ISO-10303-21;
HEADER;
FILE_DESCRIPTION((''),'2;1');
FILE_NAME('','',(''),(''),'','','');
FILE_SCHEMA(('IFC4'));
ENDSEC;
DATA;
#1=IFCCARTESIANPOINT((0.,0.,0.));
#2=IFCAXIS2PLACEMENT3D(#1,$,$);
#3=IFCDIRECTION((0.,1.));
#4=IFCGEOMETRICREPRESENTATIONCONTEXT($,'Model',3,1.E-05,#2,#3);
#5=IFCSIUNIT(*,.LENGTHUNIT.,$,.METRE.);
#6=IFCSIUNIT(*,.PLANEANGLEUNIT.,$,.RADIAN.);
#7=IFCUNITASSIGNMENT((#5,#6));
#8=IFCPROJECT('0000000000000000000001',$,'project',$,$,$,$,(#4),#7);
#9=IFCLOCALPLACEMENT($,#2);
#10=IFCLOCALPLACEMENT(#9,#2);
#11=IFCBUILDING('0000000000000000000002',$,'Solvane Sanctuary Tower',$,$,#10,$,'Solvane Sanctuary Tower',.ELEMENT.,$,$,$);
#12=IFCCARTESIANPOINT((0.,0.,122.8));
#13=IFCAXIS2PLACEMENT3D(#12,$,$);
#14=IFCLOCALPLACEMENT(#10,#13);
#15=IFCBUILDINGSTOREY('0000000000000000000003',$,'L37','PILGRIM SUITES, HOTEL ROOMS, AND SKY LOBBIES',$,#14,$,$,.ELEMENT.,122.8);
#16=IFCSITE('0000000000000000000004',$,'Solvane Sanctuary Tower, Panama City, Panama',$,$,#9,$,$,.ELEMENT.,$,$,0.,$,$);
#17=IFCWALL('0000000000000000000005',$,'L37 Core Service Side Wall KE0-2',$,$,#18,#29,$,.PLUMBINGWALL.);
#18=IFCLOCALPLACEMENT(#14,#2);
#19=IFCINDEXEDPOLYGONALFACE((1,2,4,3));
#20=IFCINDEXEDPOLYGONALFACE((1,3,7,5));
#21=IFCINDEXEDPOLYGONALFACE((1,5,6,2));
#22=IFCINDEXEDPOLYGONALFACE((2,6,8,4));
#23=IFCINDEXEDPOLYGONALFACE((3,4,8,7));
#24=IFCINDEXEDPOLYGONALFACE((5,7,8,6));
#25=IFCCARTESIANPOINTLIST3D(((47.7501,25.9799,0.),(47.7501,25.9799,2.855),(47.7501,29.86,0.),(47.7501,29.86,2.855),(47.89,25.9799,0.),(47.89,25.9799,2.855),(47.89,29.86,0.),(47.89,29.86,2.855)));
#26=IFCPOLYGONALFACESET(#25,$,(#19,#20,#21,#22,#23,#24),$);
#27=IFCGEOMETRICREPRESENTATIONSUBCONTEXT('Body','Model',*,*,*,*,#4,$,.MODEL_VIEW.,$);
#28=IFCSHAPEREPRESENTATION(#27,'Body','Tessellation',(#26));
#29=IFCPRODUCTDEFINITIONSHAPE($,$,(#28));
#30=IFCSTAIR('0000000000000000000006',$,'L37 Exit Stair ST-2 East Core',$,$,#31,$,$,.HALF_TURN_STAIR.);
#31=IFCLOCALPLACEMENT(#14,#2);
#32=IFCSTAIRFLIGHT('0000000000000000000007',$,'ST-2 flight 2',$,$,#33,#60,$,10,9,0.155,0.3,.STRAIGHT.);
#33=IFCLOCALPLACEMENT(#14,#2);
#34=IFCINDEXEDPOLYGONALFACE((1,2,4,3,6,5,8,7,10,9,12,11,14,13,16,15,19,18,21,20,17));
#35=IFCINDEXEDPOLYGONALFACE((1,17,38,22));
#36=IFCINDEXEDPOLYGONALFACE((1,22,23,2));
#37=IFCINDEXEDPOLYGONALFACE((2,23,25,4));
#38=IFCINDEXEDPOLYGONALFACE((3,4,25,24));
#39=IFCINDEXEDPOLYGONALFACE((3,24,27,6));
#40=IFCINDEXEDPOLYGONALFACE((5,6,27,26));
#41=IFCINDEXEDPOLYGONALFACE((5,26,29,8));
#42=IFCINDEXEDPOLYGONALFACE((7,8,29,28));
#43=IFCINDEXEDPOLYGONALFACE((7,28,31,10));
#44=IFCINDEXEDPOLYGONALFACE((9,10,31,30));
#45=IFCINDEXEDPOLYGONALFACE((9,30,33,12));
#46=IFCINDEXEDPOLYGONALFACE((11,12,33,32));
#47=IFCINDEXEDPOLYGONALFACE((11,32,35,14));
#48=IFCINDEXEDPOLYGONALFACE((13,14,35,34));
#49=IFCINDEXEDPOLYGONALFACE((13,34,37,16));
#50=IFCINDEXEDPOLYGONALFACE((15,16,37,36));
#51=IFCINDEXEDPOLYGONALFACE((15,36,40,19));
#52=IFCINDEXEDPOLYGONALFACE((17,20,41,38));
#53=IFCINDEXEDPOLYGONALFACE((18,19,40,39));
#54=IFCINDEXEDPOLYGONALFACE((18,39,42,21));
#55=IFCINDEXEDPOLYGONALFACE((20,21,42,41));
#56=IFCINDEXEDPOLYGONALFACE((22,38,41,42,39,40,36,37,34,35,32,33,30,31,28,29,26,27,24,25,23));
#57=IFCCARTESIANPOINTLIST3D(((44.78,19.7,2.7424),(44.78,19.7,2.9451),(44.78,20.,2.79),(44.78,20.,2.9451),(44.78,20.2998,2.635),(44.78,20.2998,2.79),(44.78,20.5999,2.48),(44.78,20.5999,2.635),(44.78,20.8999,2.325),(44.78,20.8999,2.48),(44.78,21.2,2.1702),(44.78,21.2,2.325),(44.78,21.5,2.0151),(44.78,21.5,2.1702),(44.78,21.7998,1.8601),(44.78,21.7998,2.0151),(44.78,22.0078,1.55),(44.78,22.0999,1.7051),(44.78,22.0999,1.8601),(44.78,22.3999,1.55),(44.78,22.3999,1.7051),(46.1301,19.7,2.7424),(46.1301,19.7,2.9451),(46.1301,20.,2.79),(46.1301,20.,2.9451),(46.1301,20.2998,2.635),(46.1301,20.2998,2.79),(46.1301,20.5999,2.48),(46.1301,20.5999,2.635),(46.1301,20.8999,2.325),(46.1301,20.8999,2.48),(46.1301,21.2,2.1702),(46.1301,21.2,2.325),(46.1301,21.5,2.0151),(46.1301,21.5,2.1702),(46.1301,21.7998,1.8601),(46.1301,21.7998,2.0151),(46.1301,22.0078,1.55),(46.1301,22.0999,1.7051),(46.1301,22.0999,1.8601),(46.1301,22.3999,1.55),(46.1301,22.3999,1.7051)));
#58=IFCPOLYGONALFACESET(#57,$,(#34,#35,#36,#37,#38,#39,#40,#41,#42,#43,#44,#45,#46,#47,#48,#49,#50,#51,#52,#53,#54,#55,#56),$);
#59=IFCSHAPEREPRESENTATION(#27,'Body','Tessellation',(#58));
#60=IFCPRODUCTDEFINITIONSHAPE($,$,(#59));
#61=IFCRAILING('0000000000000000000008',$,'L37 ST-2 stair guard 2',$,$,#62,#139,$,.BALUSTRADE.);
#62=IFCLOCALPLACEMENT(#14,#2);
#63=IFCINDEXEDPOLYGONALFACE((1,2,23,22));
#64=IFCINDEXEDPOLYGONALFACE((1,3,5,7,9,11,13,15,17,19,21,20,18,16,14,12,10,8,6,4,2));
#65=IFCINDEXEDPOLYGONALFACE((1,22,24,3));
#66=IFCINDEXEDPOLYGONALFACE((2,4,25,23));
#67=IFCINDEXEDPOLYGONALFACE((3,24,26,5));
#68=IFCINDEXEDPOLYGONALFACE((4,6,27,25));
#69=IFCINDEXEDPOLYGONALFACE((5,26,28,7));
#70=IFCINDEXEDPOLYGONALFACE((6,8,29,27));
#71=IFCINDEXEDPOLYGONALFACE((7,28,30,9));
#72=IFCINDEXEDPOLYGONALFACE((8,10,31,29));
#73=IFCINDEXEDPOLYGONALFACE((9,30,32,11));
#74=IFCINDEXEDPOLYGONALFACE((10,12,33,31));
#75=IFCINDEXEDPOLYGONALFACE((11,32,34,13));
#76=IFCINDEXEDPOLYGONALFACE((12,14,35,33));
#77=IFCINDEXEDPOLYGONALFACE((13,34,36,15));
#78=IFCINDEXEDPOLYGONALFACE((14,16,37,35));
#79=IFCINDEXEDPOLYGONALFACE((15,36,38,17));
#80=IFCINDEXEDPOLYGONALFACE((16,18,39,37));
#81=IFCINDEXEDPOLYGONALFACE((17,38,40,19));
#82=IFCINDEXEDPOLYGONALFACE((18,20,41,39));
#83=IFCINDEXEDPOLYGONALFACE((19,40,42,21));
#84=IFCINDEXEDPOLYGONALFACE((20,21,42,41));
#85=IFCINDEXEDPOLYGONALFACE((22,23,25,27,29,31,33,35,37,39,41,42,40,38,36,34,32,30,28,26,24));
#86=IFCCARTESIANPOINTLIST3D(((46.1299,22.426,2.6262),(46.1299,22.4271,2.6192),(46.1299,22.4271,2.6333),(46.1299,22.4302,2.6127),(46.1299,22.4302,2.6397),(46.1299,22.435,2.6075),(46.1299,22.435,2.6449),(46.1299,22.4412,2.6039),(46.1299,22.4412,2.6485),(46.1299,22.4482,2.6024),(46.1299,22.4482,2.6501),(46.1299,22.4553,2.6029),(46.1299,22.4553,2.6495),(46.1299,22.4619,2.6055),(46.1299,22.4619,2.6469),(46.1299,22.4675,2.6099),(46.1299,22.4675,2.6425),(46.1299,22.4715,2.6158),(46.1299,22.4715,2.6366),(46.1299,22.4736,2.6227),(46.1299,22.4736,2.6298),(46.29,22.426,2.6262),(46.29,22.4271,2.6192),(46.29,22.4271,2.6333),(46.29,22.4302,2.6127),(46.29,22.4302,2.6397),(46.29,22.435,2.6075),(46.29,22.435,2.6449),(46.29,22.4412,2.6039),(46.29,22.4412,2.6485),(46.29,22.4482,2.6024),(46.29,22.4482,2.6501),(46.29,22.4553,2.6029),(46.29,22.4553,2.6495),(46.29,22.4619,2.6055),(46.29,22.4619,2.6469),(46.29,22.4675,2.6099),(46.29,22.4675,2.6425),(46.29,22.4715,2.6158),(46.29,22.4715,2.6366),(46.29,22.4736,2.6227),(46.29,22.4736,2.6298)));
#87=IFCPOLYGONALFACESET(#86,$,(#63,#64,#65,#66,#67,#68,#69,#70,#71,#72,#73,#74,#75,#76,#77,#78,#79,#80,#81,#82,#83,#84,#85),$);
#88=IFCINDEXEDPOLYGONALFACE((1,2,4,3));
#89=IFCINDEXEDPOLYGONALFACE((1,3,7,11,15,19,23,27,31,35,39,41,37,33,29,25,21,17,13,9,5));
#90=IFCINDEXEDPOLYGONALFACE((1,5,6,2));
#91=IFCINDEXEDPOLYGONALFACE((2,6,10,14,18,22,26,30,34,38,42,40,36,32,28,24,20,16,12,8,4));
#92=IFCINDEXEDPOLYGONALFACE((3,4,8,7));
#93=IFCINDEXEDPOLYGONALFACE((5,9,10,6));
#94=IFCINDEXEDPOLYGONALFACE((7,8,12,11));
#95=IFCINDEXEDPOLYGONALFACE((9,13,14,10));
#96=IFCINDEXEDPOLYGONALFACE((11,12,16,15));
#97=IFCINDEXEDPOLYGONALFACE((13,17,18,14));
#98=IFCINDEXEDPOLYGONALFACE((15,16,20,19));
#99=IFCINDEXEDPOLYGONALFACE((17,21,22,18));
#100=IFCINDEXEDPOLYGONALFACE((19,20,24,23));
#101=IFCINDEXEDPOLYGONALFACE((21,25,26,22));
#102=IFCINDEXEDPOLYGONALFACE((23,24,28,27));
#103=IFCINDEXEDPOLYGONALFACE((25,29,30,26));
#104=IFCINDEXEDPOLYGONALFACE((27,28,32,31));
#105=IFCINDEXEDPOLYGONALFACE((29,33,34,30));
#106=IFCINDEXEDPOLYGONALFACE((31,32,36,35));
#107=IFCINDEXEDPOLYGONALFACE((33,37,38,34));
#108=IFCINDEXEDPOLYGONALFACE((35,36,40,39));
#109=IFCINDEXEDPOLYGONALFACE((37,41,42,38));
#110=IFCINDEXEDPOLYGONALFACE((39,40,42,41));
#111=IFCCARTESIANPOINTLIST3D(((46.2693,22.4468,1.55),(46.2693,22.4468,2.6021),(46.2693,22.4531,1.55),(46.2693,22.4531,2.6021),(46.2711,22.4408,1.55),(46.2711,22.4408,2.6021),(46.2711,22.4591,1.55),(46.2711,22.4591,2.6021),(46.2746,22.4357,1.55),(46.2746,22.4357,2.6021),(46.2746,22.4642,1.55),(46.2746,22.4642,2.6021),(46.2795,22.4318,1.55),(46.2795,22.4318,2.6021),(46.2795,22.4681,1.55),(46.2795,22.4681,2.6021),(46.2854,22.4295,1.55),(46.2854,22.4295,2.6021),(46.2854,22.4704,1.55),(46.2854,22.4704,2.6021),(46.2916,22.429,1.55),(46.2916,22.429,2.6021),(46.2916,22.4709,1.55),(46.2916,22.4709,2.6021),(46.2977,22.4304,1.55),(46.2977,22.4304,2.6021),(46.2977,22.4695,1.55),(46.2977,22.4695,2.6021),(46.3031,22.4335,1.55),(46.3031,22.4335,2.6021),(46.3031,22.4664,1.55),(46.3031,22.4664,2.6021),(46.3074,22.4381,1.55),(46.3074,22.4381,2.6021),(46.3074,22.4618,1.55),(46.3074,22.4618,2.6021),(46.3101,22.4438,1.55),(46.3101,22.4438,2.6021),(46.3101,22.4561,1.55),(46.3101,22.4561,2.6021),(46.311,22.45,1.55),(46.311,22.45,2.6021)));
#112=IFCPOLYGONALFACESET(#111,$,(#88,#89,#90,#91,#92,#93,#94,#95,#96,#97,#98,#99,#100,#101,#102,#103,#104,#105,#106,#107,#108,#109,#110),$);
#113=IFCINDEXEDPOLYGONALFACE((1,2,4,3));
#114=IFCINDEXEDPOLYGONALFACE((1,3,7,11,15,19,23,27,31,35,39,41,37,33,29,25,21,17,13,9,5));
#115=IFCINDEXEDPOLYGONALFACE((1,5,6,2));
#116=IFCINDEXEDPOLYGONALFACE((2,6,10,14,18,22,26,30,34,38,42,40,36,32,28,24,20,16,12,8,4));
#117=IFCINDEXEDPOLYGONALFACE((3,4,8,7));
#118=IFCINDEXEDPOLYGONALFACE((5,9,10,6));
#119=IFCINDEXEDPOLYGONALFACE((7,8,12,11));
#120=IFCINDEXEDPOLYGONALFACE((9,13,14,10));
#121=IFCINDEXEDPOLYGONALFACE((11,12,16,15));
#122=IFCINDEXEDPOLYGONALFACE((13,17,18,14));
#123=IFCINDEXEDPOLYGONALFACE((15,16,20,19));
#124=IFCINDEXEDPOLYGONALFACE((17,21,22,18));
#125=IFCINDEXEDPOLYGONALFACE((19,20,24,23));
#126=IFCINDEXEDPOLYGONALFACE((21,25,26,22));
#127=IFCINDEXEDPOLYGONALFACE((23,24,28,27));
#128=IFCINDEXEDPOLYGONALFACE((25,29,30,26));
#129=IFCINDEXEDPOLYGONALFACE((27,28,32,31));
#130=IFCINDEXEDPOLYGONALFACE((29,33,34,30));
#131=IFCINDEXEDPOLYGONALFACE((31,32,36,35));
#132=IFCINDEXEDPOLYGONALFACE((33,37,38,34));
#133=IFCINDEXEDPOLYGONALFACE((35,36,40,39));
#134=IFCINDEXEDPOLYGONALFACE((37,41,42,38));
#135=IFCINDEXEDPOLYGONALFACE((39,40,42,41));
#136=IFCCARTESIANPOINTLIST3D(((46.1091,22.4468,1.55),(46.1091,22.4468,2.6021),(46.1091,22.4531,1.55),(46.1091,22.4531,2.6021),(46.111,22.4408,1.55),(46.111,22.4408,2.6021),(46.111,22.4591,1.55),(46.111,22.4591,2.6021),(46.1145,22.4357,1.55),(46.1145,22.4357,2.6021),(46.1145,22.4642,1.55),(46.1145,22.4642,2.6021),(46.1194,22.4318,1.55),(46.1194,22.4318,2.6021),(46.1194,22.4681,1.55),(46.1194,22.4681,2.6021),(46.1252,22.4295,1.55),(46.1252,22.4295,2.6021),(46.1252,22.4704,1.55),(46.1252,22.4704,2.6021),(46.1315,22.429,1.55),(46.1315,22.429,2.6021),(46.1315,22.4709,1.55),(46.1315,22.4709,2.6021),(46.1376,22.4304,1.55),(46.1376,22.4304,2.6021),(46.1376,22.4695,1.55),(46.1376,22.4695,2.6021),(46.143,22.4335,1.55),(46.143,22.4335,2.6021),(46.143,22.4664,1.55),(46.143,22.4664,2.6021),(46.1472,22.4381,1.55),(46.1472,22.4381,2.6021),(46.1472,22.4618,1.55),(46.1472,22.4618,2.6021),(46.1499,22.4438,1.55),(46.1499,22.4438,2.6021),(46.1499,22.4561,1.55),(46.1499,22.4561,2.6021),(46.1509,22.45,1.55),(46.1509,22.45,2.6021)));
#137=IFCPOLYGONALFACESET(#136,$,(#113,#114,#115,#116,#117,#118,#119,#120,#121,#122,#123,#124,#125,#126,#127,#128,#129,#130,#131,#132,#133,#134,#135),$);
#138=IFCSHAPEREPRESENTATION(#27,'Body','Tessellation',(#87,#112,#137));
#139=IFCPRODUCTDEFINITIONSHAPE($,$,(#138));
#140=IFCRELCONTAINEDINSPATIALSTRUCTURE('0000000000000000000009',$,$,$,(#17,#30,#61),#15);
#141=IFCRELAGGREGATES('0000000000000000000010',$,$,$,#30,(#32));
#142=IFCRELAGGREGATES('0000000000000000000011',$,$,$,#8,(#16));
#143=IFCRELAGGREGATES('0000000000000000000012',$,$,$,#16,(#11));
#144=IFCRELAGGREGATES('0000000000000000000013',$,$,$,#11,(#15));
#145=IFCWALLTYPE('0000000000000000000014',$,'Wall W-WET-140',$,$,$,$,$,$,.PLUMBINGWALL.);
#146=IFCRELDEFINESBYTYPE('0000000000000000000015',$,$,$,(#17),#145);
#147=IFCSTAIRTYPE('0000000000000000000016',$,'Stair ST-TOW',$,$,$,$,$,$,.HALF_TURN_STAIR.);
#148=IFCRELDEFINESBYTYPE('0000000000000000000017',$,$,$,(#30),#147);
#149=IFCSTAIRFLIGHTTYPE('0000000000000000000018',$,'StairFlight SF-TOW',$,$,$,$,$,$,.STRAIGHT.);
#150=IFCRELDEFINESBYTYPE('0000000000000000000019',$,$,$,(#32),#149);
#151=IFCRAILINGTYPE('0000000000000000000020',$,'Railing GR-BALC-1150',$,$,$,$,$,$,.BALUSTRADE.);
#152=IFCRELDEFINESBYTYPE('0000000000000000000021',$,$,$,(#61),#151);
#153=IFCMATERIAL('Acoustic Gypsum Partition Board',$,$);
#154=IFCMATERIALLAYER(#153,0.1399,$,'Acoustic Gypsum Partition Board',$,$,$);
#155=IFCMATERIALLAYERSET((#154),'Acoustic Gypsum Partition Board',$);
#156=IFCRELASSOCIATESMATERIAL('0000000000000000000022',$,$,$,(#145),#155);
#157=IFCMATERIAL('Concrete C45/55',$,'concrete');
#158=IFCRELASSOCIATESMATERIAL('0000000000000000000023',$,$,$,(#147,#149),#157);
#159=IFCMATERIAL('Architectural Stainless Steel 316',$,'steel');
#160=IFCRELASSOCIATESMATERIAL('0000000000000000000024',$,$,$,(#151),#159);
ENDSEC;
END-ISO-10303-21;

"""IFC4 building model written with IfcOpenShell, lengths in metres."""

from ifc_helpers import new_model, si_unit, direction, frame, frame_2d, origin, origin_2d, place, context, subcontext, project, spatial, polyline, rectangle, circle, outline, extrude, material, layer, layer_set, type_object, element, aggregate, save


model = new_model("IFC4")

# Units and contexts
model_context = context("Model", 3, precision=1e-05, world=origin(), true_north=direction((0.0, 1.0)))
body_context = subcontext(model_context, "Body", "Model", "MODEL_VIEW")
ifc_project = project(units=[si_unit("LENGTHUNIT", "METRE"), si_unit("PLANEANGLEUNIT", "RADIAN")], contexts=[model_context])

# Site, building, storey
site_placement = place(None, origin())
site = spatial("IfcSite", under=ifc_project, at=site_placement, Name="Solvane Sanctuary Tower, Panama City, Panama", CompositionType="ELEMENT", RefElevation=0.0)
building_placement = place(site_placement, origin())
building = spatial("IfcBuilding", under=site, at=building_placement, Name="Solvane Sanctuary Tower", LongName="Solvane Sanctuary Tower", CompositionType="ELEMENT")
storey_placement = place(building_placement, frame((0.0, 0.0, 122.8)))
storey = spatial("IfcBuildingStorey", under=building, at=storey_placement, Name="L37", Description="PILGRIM SUITES, HOTEL ROOMS, AND SKY LOBBIES", CompositionType="ELEMENT", Elevation=122.8)

# Shared definitions
ifc_material_1 = material(Name="Acoustic Gypsum Partition Board")

# Shared definitions
ifc_material_2 = material(Name="Architectural Stainless Steel 316", Category="steel")

# Wall
ifc_layer_1 = layer(ifc_material_1, 0.1399, Name="Acoustic Gypsum Partition Board")
ifc_layer_set_1 = layer_set([ifc_layer_1], Name="Acoustic Gypsum Partition Board")
wall_type_1 = type_object("IfcWallType", Name="Wall W-WET-140", PredefinedType="PLUMBINGWALL", material=ifc_layer_set_1)
wall_1_placement = place(storey_placement, frame((47.8201, 25.98, 0.0), z_axis=(0.0, 0.0, 1.0), x_axis=(0.0, 1.0, 0.0)))
element("IfcWall", 1, at=wall_1_placement, inside=storey, type_object=wall_type_1, Name="L37 Core Service Side Wall KE0-2", PredefinedType="PLUMBINGWALL", context=body_context, shape_type="SweptSolid", body=[
    extrude(rectangle(XDim=3.8801, YDim=0.1399, at=frame_2d((1.9399, 0.0))), origin(), (0.0, 0.0, 1.0), 2.855),
])

# Stair, stair flight
ifc_material_3 = material(Name="Concrete C45/55", Category="concrete")
stair_type = type_object("IfcStairType", Name="Stair ST-TOW", PredefinedType="HALF_TURN_STAIR", material=ifc_material_3)
stair_placement = place(storey_placement, origin())
stair = element("IfcStair", 2, at=stair_placement, inside=storey, type_object=stair_type, Name="L37 Exit Stair ST-2 East Core", PredefinedType="HALF_TURN_STAIR")
stair_flight_type = type_object("IfcStairFlightType", Name="StairFlight SF-TOW", PredefinedType="STRAIGHT", material=ifc_material_3)
stair_flight_placement = place(storey_placement, frame((45.4551, 22.3999, 1.55), z_axis=(0.0, 0.0, 1.0), x_axis=(0.0, -1.0, 0.0)))
stair_flight = element("IfcStairFlight", 3, at=stair_flight_placement, type_object=stair_flight_type, Name="ST-2 flight 2", NumberOfRisers=10, NumberOfTreads=9, PredefinedType="STRAIGHT", RiserHeight=0.155, TreadLength=0.3, context=body_context, shape_type="SweptSolid", body=[
    extrude(outline(polyline([(0.0, 0.0), (0.0, 0.155), (0.3, 0.155), (0.3, 0.3101), (0.6001, 0.3101), (0.6001, 0.4651), (0.8999, 0.4651), (0.8999, 0.6201), (1.2, 0.6201), (1.2, 0.7749), (1.5, 0.7749), (1.5, 0.9299), (1.8, 0.9299), (1.8, 1.085), (2.1001, 1.085), (2.1001, 1.24), (2.3999, 1.24), (2.3999, 1.395), (2.7, 1.395), (2.7, 1.55), (2.7, 1.1924), (0.3921, 0.0), (0.0, 0.0)])), frame((0.0, 0.675, 0.0), z_axis=(0.0, -1.0, 0.0), x_axis=(1.0, 0.0, 0.0)), (0.0, 0.0, 1.0), 1.3501),
])
aggregate(stair, [stair_flight])

# Railing
railing_type = type_object("IfcRailingType", Name="Railing GR-BALC-1150", PredefinedType="BALUSTRADE", material=ifc_material_2)
railing_1_placement = place(storey_placement, frame((46.29, 22.45, 1.55)))
element("IfcRailing", 4, at=railing_1_placement, inside=storey, type_object=railing_type, Name="L37 ST-2 stair guard 2", PredefinedType="BALUSTRADE", context=body_context, shape_type="SweptSolid", body=[
    extrude(circle(Radius=0.0239, at=origin_2d()), frame((0.0, 0.0, 1.0762), z_axis=(-1.0, 0.0, 0.0), x_axis=(0.0, -1.0, 0.0)), (0.0, 0.0, 1.0), 0.1602),
    extrude(circle(Radius=0.021, at=origin_2d()), origin(), (0.0, 0.0, 1.0), 1.052),
    extrude(circle(Radius=0.021, at=origin_2d()), frame((-0.1602, 0.0, 0.0)), (0.0, 0.0, 1.0), 1.052),
])

save(model, "model.ifc")
